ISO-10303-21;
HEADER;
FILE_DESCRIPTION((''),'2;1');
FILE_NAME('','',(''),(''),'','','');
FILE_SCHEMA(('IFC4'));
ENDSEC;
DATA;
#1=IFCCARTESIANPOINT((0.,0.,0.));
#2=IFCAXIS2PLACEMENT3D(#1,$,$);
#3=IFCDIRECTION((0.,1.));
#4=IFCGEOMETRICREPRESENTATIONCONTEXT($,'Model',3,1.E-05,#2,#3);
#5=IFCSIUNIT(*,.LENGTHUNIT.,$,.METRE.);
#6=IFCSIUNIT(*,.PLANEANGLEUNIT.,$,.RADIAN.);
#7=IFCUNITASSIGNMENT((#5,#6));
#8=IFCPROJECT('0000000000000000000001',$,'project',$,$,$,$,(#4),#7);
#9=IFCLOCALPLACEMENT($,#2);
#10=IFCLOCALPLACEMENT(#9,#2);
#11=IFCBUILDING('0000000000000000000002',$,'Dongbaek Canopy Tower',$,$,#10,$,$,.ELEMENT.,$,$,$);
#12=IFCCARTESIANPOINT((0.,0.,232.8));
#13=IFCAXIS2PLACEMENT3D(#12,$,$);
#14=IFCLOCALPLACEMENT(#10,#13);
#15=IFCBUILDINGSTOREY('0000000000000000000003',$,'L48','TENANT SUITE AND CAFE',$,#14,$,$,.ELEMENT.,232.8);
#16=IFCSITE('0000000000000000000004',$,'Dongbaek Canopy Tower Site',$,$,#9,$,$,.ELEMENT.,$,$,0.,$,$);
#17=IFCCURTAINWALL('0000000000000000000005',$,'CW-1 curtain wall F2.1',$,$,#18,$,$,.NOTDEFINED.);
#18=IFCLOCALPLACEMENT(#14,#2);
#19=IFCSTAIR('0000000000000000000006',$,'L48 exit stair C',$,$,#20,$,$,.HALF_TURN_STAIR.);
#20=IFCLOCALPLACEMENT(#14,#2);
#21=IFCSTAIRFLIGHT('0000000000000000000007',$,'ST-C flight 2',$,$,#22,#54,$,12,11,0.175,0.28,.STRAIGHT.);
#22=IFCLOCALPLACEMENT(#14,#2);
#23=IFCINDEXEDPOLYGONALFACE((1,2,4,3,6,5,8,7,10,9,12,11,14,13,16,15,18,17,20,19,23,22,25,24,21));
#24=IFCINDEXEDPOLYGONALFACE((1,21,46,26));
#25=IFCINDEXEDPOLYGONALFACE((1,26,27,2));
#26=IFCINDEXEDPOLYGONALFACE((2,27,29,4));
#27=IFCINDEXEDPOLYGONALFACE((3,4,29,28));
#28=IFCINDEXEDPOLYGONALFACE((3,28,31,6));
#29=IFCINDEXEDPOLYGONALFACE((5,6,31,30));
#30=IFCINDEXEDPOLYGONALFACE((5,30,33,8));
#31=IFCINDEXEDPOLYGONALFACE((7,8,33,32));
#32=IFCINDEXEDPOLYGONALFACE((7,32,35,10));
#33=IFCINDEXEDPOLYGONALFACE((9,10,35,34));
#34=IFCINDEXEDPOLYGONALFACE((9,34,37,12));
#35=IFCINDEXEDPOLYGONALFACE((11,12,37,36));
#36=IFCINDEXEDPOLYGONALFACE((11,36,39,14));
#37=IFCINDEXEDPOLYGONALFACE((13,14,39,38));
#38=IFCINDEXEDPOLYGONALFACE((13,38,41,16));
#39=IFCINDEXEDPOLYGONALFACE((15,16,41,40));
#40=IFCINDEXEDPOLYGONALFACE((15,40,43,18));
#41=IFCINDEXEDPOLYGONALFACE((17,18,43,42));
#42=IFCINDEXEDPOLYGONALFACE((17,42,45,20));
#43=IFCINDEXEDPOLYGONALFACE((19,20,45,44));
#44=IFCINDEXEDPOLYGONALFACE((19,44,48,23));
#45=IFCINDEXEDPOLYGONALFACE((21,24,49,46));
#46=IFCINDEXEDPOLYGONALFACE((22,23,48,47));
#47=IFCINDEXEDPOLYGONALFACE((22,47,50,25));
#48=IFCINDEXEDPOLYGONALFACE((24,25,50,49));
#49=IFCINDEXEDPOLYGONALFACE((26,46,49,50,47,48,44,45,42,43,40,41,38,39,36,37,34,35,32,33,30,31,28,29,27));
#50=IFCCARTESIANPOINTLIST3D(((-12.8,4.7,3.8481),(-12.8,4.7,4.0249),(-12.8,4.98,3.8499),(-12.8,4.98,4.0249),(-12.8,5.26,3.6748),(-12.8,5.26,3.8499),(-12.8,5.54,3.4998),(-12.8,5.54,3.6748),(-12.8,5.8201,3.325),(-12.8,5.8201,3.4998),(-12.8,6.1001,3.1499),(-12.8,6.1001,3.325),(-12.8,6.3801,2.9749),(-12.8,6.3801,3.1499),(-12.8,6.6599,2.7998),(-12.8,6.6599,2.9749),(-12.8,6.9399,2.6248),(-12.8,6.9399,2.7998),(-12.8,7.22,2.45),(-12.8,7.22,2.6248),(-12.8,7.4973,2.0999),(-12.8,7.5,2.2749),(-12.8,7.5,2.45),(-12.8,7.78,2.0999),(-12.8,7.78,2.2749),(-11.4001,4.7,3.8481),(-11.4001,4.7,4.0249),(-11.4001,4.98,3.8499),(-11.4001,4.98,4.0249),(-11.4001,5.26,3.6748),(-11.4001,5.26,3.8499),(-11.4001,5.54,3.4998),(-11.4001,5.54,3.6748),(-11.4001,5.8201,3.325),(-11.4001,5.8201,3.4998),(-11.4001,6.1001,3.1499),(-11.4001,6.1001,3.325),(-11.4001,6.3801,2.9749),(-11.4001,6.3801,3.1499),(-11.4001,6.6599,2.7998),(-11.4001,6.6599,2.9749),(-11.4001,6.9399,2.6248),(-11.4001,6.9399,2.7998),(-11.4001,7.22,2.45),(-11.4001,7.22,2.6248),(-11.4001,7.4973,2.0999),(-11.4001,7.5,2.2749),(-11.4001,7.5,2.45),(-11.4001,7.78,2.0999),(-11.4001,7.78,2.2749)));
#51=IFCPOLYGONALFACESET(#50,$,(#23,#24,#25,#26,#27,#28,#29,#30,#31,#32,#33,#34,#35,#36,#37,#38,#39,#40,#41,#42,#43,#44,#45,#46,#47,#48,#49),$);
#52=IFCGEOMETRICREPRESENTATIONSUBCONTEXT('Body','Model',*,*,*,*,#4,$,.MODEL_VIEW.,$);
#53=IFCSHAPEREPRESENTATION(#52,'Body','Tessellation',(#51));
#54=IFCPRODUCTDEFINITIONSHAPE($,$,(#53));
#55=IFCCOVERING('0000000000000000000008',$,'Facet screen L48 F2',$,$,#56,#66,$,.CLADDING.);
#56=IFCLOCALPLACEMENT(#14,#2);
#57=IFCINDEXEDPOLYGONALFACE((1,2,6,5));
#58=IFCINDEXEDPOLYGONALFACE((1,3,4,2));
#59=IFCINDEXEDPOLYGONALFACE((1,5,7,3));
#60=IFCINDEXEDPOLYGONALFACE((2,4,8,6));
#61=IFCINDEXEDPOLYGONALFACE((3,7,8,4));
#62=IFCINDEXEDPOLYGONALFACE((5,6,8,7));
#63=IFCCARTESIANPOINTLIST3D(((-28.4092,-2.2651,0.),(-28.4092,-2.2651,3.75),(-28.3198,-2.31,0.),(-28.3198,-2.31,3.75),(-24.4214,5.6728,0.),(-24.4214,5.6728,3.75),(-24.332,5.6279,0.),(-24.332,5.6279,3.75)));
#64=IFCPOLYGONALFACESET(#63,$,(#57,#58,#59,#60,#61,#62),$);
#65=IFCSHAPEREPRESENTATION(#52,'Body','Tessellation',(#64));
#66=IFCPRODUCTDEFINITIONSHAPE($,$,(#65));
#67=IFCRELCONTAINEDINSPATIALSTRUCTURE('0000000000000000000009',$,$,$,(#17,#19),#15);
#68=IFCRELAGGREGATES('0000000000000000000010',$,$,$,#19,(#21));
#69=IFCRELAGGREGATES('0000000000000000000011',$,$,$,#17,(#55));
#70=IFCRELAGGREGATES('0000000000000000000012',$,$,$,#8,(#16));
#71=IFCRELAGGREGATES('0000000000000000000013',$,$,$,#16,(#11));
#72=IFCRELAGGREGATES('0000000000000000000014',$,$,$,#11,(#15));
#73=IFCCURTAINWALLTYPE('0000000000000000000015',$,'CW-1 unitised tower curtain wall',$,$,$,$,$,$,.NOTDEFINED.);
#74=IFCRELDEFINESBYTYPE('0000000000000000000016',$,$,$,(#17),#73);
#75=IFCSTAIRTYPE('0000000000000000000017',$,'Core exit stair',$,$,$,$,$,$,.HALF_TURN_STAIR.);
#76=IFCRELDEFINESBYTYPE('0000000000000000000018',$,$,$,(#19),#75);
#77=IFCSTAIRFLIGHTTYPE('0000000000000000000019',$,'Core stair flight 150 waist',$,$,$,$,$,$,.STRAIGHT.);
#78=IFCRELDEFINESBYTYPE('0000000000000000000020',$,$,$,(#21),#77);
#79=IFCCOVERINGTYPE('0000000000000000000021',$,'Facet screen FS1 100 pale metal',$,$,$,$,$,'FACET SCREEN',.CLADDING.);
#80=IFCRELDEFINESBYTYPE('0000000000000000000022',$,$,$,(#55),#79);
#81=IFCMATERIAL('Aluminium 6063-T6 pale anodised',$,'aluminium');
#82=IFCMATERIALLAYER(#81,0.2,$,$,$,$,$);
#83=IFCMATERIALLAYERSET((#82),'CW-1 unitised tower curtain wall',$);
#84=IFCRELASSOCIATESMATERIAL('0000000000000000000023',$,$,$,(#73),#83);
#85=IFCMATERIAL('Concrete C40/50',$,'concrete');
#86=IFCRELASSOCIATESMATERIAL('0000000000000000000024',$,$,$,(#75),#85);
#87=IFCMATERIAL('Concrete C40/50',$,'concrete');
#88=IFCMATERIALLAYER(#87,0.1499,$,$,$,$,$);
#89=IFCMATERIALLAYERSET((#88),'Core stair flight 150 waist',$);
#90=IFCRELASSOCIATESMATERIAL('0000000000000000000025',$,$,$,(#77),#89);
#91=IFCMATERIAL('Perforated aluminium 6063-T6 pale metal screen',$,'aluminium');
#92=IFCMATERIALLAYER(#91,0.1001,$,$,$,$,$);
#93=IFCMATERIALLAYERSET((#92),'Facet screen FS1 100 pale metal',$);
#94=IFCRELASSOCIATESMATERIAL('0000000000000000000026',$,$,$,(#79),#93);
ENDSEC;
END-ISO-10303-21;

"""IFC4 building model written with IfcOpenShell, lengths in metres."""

from ifc_helpers import new_model, si_unit, direction, frame, origin, origin_2d, place, context, subcontext, project, spatial, polyline, rectangle, outline, extrude, material, layer, layer_set, type_object, element, aggregate, save


model = new_model("IFC4")

# Units and contexts
model_context = context("Model", 3, precision=1e-05, world=origin(), true_north=direction((0.0, 1.0)))
body_context = subcontext(model_context, "Body", "Model", "MODEL_VIEW")
ifc_project = project(units=[si_unit("LENGTHUNIT", "METRE"), si_unit("PLANEANGLEUNIT", "RADIAN")], contexts=[model_context])

# Site, building, storey
site_placement = place(None, origin())
site = spatial("IfcSite", under=ifc_project, at=site_placement, Name="Dongbaek Canopy Tower Site", CompositionType="ELEMENT", RefElevation=0.0)
building_placement = place(site_placement, origin())
building = spatial("IfcBuilding", under=site, at=building_placement, Name="Dongbaek Canopy Tower", CompositionType="ELEMENT")
storey_placement = place(building_placement, frame((0.0, 0.0, 232.8)))
storey = spatial("IfcBuildingStorey", under=building, at=storey_placement, Name="L48", Description="TENANT SUITE AND CAFE", CompositionType="ELEMENT", Elevation=232.8)

# Curtain wall
ifc_material_1 = material(Name="Aluminium 6063-T6 pale anodised", Category="aluminium")
ifc_layer_1 = layer(ifc_material_1, 0.2)
ifc_layer_set_1 = layer_set([ifc_layer_1], Name="CW-1 unitised tower curtain wall")
curtain_wall_type = type_object("IfcCurtainWallType", Name="CW-1 unitised tower curtain wall", PredefinedType="NOTDEFINED", material=ifc_layer_set_1)
curtain_wall_placement = place(storey_placement, origin())
curtain_wall = element("IfcCurtainWall", 1, at=curtain_wall_placement, inside=storey, type_object=curtain_wall_type, Name="CW-1 curtain wall F2.1", PredefinedType="NOTDEFINED")

# Stair, stair flight
ifc_material_2 = material(Name="Concrete C40/50", Category="concrete")
stair_type = type_object("IfcStairType", Name="Core exit stair", PredefinedType="HALF_TURN_STAIR", material=ifc_material_2)
stair_placement = place(storey_placement, origin())
stair = element("IfcStair", 2, at=stair_placement, inside=storey, type_object=stair_type, Name="L48 exit stair C", PredefinedType="HALF_TURN_STAIR")
ifc_material_3 = material(Name="Concrete C40/50", Category="concrete")
ifc_layer_2 = layer(ifc_material_3, 0.1499)
ifc_layer_set_2 = layer_set([ifc_layer_2], Name="Core stair flight 150 waist")
stair_flight_type = type_object("IfcStairFlightType", Name="Core stair flight 150 waist", PredefinedType="STRAIGHT", material=ifc_layer_set_2)
stair_flight_placement = place(storey_placement, frame((-12.1001, 7.78, 2.0999), z_axis=(0.0, 0.0, 1.0), x_axis=(0.0, -1.0, 0.0)))
stair_flight = element("IfcStairFlight", 3, at=stair_flight_placement, type_object=stair_flight_type, Name="ST-C flight 2", NumberOfRisers=12, NumberOfTreads=11, PredefinedType="STRAIGHT", RiserHeight=0.175, TreadLength=0.28, context=body_context, shape_type="SweptSolid", body=[
    extrude(outline(polyline([(0.0, 0.0), (0.0, 0.175), (0.28, 0.175), (0.28, 0.3501), (0.5601, 0.3501), (0.5601, 0.5249), (0.8401, 0.5249), (0.8401, 0.7), (1.1201, 0.7), (1.1201, 0.875), (1.3999, 0.875), (1.3999, 1.05), (1.6799, 1.05), (1.6799, 1.2251), (1.96, 1.2251), (1.96, 1.3999), (2.24, 1.3999), (2.24, 1.575), (2.52, 1.575), (2.52, 1.75), (2.8, 1.75), (2.8, 1.925), (3.0801, 1.925), (3.0801, 2.1001), (3.0801, 1.7483), (0.2827, 0.0), (0.0, 0.0)])), frame((0.0, 0.7, 0.0), z_axis=(0.0, -1.0, 0.0), x_axis=(1.0, 0.0, 0.0)), (0.0, 0.0, 1.0), 1.3999),
])
aggregate(stair, [stair_flight])

# Covering
ifc_material_4 = material(Name="Perforated aluminium 6063-T6 pale metal screen", Category="aluminium")
ifc_layer_3 = layer(ifc_material_4, 0.1001)
ifc_layer_set_3 = layer_set([ifc_layer_3], Name="Facet screen FS1 100 pale metal")
covering_type = type_object("IfcCoveringType", Name="Facet screen FS1 100 pale metal", ElementType="FACET SCREEN", PredefinedType="CLADDING", material=ifc_layer_set_3)
covering_placement = place(storey_placement, frame((-26.3706, 1.6814, 0.0), z_axis=(0.0, 0.0, 1.0), x_axis=(-0.448909, -0.893578, 0.0)))
covering = element("IfcCovering", 4, at=covering_placement, type_object=covering_type, Name="Facet screen L48 F2", PredefinedType="CLADDING", context=body_context, shape_type="SweptSolid", body=[
    extrude(rectangle(XDim=8.8833, YDim=0.1001, at=origin_2d()), origin(), (0.0, 0.0, 1.0), 3.75),
])
aggregate(curtain_wall, [covering])

save(model, "model.ifc")
